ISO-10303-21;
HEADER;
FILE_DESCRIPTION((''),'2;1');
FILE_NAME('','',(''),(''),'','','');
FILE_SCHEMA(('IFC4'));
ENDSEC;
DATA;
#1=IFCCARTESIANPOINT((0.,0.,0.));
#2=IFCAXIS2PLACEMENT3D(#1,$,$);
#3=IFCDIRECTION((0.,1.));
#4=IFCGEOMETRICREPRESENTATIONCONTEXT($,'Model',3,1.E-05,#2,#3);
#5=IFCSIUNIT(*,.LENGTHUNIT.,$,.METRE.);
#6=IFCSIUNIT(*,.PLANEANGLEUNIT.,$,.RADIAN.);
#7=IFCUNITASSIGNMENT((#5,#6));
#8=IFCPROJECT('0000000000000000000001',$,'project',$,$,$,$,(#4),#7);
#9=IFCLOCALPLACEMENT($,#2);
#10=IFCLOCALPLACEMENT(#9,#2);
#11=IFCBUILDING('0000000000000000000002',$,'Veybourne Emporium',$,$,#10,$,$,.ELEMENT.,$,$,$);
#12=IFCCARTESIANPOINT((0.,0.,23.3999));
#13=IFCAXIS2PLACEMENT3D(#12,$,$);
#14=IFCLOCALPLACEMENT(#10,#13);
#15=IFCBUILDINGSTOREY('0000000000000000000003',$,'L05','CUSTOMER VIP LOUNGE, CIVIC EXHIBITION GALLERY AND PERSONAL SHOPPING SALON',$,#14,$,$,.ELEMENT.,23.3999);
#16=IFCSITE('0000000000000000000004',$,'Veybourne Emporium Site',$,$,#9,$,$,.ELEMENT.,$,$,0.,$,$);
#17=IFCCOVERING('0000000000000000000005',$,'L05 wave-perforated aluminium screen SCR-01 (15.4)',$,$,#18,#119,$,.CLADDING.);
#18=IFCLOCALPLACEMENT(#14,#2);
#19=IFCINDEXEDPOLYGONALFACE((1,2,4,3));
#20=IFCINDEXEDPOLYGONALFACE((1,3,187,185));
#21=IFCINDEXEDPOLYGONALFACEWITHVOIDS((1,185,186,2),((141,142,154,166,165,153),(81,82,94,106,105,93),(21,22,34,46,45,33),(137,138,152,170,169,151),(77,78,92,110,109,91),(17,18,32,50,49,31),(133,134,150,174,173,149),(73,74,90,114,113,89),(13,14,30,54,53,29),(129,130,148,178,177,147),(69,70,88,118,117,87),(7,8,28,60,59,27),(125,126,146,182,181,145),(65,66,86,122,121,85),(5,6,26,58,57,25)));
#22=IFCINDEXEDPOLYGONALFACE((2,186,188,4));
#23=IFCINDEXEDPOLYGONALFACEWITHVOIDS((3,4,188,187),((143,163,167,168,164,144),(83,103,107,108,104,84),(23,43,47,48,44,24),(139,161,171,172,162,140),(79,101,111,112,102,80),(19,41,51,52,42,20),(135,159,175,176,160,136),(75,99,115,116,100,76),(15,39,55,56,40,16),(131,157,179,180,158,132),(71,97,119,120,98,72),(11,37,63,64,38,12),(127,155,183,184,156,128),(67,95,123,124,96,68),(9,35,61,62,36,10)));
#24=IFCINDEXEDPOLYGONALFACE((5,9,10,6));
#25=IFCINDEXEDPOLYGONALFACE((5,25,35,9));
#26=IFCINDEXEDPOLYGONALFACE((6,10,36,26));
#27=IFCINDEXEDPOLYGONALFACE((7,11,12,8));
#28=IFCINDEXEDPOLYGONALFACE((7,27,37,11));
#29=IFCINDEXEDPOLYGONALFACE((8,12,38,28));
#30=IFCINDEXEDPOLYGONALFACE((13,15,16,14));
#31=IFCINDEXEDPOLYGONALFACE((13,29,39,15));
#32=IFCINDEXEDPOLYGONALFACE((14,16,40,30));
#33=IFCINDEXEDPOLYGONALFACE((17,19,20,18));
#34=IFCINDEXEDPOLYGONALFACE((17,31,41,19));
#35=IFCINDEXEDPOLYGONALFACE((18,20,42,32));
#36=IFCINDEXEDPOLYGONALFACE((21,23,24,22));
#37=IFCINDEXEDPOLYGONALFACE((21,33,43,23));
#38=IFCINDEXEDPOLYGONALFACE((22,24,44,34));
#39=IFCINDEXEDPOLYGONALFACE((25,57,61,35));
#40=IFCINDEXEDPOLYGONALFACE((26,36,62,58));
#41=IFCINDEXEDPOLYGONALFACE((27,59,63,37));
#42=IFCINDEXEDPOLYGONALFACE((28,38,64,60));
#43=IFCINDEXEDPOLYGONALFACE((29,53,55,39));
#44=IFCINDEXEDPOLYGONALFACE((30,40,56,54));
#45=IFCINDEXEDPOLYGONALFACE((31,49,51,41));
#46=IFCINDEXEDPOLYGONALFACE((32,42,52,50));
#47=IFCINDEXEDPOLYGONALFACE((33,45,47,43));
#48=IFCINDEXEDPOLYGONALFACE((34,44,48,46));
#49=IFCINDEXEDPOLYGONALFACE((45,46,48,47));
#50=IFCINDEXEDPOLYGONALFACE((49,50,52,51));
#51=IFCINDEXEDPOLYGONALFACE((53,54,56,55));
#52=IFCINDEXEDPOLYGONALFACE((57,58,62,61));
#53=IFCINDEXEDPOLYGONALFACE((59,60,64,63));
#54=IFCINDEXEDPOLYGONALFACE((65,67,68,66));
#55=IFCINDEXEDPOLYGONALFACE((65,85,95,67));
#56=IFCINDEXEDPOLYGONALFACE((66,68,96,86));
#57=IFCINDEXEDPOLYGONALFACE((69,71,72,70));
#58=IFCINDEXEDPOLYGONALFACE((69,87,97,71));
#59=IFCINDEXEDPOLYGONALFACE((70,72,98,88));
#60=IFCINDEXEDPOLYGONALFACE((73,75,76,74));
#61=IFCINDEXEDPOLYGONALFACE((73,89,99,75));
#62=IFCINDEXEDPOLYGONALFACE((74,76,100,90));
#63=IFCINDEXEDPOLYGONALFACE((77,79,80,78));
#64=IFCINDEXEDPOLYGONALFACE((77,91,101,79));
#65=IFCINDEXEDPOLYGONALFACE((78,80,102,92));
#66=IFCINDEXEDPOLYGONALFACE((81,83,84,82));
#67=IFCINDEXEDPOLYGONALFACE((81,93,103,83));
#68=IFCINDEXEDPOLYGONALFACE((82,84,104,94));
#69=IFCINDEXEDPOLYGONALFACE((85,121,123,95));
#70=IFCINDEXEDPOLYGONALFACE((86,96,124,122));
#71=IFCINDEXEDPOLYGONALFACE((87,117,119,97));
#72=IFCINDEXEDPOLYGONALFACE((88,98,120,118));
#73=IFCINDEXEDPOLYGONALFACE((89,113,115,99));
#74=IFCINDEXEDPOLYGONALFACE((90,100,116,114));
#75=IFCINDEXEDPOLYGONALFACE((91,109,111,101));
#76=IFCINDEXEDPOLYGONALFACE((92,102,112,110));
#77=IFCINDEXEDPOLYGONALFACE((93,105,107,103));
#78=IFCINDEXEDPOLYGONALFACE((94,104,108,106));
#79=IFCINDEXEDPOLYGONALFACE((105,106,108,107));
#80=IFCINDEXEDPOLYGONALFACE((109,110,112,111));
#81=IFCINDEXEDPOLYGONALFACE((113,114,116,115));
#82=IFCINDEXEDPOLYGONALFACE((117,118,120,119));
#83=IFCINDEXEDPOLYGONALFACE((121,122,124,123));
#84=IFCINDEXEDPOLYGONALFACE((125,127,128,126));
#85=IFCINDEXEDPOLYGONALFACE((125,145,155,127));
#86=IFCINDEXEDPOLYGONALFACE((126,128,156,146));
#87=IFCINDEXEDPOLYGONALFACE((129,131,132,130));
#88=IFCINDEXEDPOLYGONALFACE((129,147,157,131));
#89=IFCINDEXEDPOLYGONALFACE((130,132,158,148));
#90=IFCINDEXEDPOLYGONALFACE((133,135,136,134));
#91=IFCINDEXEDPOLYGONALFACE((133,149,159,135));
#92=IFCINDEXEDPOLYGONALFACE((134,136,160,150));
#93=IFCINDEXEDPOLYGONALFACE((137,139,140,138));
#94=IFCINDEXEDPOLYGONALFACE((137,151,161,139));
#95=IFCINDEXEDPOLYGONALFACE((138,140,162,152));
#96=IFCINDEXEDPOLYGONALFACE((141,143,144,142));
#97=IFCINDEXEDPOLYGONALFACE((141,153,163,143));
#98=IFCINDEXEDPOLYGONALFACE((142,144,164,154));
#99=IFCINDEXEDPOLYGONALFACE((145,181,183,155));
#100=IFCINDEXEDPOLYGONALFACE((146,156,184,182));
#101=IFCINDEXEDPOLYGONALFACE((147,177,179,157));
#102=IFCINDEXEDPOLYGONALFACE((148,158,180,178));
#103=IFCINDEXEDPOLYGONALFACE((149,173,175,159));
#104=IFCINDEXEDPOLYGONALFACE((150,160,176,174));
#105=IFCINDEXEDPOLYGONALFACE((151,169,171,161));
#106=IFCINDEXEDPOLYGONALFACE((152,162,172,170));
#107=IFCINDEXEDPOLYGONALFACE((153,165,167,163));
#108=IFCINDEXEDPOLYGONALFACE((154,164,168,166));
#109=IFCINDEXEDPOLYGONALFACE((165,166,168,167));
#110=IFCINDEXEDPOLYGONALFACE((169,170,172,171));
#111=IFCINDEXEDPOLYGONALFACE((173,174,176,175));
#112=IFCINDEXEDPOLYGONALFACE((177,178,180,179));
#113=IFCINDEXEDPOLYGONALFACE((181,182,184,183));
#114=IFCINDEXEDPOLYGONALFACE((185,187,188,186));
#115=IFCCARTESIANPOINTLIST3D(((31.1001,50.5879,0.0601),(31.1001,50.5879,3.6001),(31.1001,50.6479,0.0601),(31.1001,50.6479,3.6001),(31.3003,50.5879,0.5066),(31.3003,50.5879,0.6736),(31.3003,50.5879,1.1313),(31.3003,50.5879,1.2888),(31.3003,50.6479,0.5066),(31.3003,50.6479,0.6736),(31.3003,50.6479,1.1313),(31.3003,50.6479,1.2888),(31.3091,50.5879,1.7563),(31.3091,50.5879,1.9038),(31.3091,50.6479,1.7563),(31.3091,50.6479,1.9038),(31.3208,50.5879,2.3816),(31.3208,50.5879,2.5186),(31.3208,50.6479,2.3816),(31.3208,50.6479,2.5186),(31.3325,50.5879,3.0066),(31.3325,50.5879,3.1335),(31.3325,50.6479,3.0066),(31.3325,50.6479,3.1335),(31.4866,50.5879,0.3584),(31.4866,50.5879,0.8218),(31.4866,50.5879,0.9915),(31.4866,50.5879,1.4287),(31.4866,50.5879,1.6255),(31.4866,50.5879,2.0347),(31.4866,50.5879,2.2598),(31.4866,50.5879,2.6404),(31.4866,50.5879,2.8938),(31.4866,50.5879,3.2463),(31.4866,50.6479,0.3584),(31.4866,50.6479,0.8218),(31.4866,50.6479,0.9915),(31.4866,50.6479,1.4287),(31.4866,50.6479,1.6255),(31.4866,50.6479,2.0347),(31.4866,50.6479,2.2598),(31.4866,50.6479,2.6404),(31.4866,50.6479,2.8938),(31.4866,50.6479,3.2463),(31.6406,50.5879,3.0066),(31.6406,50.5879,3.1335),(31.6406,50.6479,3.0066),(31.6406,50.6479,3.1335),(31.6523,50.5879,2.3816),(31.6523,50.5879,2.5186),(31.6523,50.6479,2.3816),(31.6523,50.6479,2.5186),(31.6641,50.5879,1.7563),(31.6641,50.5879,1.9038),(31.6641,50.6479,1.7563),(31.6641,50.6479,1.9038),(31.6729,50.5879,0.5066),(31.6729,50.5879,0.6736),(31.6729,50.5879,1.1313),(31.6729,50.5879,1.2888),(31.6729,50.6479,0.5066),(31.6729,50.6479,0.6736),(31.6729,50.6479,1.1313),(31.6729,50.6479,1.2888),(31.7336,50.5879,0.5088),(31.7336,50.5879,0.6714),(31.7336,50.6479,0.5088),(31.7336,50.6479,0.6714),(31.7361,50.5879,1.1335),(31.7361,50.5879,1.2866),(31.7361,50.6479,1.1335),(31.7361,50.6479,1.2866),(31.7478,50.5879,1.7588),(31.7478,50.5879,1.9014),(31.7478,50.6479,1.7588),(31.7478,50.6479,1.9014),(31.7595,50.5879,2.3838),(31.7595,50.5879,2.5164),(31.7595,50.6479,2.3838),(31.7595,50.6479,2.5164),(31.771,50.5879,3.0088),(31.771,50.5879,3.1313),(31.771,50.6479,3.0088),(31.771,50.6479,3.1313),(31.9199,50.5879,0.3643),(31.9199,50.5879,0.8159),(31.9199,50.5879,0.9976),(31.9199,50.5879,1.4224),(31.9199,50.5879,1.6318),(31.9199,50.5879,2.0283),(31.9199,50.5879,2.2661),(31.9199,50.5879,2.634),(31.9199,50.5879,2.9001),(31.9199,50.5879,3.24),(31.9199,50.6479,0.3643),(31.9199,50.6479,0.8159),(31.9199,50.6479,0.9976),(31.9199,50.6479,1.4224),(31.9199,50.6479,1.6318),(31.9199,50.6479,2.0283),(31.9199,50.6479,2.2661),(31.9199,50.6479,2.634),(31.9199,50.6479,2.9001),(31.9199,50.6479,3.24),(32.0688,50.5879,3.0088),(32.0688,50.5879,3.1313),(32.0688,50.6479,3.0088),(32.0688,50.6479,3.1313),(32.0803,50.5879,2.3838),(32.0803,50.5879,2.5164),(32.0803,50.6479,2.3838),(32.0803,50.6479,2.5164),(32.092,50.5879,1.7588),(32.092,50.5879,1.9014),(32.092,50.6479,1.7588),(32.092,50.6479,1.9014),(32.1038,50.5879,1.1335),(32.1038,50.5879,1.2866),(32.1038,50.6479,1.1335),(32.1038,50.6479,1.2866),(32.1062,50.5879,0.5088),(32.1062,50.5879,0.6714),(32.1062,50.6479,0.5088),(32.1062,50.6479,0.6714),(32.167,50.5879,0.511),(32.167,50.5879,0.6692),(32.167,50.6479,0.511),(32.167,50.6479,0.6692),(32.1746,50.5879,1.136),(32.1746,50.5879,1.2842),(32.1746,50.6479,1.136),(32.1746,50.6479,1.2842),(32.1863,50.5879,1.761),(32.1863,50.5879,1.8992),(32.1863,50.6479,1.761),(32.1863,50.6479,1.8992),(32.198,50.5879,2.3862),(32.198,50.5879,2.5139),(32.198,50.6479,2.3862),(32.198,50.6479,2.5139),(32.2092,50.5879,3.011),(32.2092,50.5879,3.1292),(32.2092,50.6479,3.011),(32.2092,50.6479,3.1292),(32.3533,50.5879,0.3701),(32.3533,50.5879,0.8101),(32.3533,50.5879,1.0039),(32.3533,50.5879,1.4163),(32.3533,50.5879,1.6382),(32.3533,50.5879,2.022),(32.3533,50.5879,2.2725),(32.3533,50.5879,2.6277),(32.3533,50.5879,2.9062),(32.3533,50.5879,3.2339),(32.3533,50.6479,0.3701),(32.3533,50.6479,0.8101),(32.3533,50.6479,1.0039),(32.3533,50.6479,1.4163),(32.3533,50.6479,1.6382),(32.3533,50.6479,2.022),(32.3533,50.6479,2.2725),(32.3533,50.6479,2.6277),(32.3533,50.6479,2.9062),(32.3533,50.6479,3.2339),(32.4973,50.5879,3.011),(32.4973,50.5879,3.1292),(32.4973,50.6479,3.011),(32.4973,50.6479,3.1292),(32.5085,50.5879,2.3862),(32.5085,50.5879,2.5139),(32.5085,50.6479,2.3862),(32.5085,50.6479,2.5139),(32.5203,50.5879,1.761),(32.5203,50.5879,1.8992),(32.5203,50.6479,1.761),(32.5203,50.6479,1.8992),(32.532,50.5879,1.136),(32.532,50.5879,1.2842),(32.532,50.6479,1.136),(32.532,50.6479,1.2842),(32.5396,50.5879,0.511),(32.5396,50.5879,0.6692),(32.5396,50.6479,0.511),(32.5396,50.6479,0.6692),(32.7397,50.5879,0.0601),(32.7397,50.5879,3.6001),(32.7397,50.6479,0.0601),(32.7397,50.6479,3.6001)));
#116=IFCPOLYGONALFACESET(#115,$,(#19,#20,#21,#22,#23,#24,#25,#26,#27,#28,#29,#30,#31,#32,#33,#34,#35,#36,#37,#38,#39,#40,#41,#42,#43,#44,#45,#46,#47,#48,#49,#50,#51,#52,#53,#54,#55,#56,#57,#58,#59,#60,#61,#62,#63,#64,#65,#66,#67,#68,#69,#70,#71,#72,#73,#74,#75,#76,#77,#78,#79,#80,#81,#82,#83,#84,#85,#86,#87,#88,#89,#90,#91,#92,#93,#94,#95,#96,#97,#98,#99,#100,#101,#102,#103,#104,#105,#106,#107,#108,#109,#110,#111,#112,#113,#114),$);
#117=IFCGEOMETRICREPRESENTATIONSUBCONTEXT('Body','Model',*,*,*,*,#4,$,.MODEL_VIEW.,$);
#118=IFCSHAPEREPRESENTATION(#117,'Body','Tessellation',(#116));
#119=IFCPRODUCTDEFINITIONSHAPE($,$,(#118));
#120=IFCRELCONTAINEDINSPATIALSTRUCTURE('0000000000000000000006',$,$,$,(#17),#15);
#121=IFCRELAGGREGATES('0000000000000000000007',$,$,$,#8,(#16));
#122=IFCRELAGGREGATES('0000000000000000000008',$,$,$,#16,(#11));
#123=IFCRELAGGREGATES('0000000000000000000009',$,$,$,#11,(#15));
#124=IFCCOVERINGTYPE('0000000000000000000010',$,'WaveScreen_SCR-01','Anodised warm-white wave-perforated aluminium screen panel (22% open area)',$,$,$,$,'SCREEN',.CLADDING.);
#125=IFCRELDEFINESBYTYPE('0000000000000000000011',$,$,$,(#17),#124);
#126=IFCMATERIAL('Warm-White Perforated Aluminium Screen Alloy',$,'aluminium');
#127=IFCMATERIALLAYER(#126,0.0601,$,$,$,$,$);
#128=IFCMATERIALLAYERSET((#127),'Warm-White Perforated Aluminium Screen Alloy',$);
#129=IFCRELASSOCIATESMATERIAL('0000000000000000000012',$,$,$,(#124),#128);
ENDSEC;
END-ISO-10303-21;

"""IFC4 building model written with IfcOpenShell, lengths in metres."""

from ifc_helpers import new_model, si_unit, direction, frame, origin, place, context, subcontext, project, spatial, polyline, outline, extrude, material, layer, layer_set, type_object, element, save


model = new_model("IFC4")

# Units and contexts
model_context = context("Model", 3, precision=1e-05, world=origin(), true_north=direction((0.0, 1.0)))
body_context = subcontext(model_context, "Body", "Model", "MODEL_VIEW")
ifc_project = project(units=[si_unit("LENGTHUNIT", "METRE"), si_unit("PLANEANGLEUNIT", "RADIAN")], contexts=[model_context])

# Site, building, storey
site_placement = place(None, origin())
site = spatial("IfcSite", under=ifc_project, at=site_placement, Name="Veybourne Emporium Site", CompositionType="ELEMENT", RefElevation=0.0)
building_placement = place(site_placement, origin())
building = spatial("IfcBuilding", under=site, at=building_placement, Name="Veybourne Emporium", CompositionType="ELEMENT")
storey_placement = place(building_placement, frame((0.0, 0.0, 23.3999)))
storey = spatial("IfcBuildingStorey", under=building, at=storey_placement, Name="L05", Description="CUSTOMER VIP LOUNGE, CIVIC EXHIBITION GALLERY AND PERSONAL SHOPPING SALON", CompositionType="ELEMENT", Elevation=23.3999)

# Covering
ifc_material_1 = material(Name="Warm-White Perforated Aluminium Screen Alloy", Category="aluminium")
ifc_layer_1 = layer(ifc_material_1, 0.0601)
ifc_layer_set_1 = layer_set([ifc_layer_1], Name="Warm-White Perforated Aluminium Screen Alloy")
covering_type_1 = type_object("IfcCoveringType", Name="WaveScreen_SCR-01", Description="Anodised warm-white wave-perforated aluminium screen panel (22% open area)", ElementType="SCREEN", PredefinedType="CLADDING", material=ifc_layer_set_1)
covering_1_placement = place(storey_placement, frame((31.9199, 50.6479, 1.8301), z_axis=(0.0, -1.0, 0.0), x_axis=(1.0, 0.0, 0.0)))
element("IfcCovering", 1, at=covering_1_placement, inside=storey, type_object=covering_type_1, Name="L05 wave-perforated aluminium screen SCR-01 (15.4)", PredefinedType="CLADDING", context=body_context, shape_type="SweptSolid", body=[
    extrude(outline(polyline([(-0.8198, -1.77), (0.8198, -1.77), (0.8198, 1.77), (-0.8198, 1.77), (-0.8198, -1.77)]), holes=[polyline([(-0.4333, -1.0083), (-0.2471, -1.1565), (-0.2471, -1.3235), (-0.4333, -1.4717), (-0.6196, -1.3235), (-0.6196, -1.1565), (-0.4333, -1.0083)]), polyline([(-0.4333, -0.4014), (-0.2471, -0.5413), (-0.2471, -0.6987), (-0.4333, -0.8386), (-0.6196, -0.6987), (-0.6196, -0.5413), (-0.4333, -0.4014)]), polyline([(-0.4333, 0.2046), (-0.2559, 0.0737), (-0.2559, -0.0737), (-0.4333, -0.2046), (-0.6108, -0.0737), (-0.6108, 0.0737), (-0.4333, 0.2046)]), polyline([(-0.4333, 0.8103), (-0.2676, 0.6885), (-0.2676, 0.5515), (-0.4333, 0.4297), (-0.5991, 0.5515), (-0.5991, 0.6885), (-0.4333, 0.8103)]), polyline([(-0.4333, 1.4163), (-0.2793, 1.3035), (-0.2793, 1.1765), (-0.4333, 1.0637), (-0.5874, 1.1765), (-0.5874, 1.3035), (-0.4333, 1.4163)]), polyline([(0.0, -1.0142), (0.1863, -1.1587), (0.1863, -1.3213), (0.0, -1.4658), (-0.1863, -1.3213), (-0.1863, -1.1587), (0.0, -1.0142)]), polyline([(0.0, -0.4077), (0.1838, -0.5435), (0.1838, -0.6965), (0.0, -0.8325), (-0.1838, -0.6965), (-0.1838, -0.5435), (0.0, -0.4077)]), polyline([(0.0, 0.1982), (0.1721, 0.0713), (0.1721, -0.0713), (0.0, -0.1982), (-0.1721, -0.0713), (-0.1721, 0.0713), (0.0, 0.1982)]), polyline([(0.0, 0.804), (0.1604, 0.6863), (0.1604, 0.5537), (0.0, 0.436), (-0.1604, 0.5537), (-0.1604, 0.6863), (0.0, 0.804)]), polyline([(0.0, 1.4099), (0.1489, 1.3013), (0.1489, 1.1787), (0.0, 1.0701), (-0.1489, 1.1787), (-0.1489, 1.3013), (0.0, 1.4099)]), polyline([(0.4333, -1.02), (0.6196, -1.1609), (0.6196, -1.3191), (0.4333, -1.46), (0.2471, -1.3191), (0.2471, -1.1609), (0.4333, -1.02)]), polyline([(0.4333, -0.4138), (0.6121, -0.5459), (0.6121, -0.6941), (0.4333, -0.8262), (0.2546, -0.6941), (0.2546, -0.5459), (0.4333, -0.4138)]), polyline([(0.4333, 0.1919), (0.6003, 0.0691), (0.6003, -0.0691), (0.4333, -0.1919), (0.2664, -0.0691), (0.2664, 0.0691), (0.4333, 0.1919)]), polyline([(0.4333, 0.7976), (0.5886, 0.6838), (0.5886, 0.5562), (0.4333, 0.4424), (0.2781, 0.5562), (0.2781, 0.6838), (0.4333, 0.7976)]), polyline([(0.4333, 1.4038), (0.5774, 1.2991), (0.5774, 1.1809), (0.4333, 1.0762), (0.2893, 1.1809), (0.2893, 1.2991), (0.4333, 1.4038)])]), origin(), (0.0, 0.0, 1.0), 0.0601),
])

save(model, "model.ifc")
